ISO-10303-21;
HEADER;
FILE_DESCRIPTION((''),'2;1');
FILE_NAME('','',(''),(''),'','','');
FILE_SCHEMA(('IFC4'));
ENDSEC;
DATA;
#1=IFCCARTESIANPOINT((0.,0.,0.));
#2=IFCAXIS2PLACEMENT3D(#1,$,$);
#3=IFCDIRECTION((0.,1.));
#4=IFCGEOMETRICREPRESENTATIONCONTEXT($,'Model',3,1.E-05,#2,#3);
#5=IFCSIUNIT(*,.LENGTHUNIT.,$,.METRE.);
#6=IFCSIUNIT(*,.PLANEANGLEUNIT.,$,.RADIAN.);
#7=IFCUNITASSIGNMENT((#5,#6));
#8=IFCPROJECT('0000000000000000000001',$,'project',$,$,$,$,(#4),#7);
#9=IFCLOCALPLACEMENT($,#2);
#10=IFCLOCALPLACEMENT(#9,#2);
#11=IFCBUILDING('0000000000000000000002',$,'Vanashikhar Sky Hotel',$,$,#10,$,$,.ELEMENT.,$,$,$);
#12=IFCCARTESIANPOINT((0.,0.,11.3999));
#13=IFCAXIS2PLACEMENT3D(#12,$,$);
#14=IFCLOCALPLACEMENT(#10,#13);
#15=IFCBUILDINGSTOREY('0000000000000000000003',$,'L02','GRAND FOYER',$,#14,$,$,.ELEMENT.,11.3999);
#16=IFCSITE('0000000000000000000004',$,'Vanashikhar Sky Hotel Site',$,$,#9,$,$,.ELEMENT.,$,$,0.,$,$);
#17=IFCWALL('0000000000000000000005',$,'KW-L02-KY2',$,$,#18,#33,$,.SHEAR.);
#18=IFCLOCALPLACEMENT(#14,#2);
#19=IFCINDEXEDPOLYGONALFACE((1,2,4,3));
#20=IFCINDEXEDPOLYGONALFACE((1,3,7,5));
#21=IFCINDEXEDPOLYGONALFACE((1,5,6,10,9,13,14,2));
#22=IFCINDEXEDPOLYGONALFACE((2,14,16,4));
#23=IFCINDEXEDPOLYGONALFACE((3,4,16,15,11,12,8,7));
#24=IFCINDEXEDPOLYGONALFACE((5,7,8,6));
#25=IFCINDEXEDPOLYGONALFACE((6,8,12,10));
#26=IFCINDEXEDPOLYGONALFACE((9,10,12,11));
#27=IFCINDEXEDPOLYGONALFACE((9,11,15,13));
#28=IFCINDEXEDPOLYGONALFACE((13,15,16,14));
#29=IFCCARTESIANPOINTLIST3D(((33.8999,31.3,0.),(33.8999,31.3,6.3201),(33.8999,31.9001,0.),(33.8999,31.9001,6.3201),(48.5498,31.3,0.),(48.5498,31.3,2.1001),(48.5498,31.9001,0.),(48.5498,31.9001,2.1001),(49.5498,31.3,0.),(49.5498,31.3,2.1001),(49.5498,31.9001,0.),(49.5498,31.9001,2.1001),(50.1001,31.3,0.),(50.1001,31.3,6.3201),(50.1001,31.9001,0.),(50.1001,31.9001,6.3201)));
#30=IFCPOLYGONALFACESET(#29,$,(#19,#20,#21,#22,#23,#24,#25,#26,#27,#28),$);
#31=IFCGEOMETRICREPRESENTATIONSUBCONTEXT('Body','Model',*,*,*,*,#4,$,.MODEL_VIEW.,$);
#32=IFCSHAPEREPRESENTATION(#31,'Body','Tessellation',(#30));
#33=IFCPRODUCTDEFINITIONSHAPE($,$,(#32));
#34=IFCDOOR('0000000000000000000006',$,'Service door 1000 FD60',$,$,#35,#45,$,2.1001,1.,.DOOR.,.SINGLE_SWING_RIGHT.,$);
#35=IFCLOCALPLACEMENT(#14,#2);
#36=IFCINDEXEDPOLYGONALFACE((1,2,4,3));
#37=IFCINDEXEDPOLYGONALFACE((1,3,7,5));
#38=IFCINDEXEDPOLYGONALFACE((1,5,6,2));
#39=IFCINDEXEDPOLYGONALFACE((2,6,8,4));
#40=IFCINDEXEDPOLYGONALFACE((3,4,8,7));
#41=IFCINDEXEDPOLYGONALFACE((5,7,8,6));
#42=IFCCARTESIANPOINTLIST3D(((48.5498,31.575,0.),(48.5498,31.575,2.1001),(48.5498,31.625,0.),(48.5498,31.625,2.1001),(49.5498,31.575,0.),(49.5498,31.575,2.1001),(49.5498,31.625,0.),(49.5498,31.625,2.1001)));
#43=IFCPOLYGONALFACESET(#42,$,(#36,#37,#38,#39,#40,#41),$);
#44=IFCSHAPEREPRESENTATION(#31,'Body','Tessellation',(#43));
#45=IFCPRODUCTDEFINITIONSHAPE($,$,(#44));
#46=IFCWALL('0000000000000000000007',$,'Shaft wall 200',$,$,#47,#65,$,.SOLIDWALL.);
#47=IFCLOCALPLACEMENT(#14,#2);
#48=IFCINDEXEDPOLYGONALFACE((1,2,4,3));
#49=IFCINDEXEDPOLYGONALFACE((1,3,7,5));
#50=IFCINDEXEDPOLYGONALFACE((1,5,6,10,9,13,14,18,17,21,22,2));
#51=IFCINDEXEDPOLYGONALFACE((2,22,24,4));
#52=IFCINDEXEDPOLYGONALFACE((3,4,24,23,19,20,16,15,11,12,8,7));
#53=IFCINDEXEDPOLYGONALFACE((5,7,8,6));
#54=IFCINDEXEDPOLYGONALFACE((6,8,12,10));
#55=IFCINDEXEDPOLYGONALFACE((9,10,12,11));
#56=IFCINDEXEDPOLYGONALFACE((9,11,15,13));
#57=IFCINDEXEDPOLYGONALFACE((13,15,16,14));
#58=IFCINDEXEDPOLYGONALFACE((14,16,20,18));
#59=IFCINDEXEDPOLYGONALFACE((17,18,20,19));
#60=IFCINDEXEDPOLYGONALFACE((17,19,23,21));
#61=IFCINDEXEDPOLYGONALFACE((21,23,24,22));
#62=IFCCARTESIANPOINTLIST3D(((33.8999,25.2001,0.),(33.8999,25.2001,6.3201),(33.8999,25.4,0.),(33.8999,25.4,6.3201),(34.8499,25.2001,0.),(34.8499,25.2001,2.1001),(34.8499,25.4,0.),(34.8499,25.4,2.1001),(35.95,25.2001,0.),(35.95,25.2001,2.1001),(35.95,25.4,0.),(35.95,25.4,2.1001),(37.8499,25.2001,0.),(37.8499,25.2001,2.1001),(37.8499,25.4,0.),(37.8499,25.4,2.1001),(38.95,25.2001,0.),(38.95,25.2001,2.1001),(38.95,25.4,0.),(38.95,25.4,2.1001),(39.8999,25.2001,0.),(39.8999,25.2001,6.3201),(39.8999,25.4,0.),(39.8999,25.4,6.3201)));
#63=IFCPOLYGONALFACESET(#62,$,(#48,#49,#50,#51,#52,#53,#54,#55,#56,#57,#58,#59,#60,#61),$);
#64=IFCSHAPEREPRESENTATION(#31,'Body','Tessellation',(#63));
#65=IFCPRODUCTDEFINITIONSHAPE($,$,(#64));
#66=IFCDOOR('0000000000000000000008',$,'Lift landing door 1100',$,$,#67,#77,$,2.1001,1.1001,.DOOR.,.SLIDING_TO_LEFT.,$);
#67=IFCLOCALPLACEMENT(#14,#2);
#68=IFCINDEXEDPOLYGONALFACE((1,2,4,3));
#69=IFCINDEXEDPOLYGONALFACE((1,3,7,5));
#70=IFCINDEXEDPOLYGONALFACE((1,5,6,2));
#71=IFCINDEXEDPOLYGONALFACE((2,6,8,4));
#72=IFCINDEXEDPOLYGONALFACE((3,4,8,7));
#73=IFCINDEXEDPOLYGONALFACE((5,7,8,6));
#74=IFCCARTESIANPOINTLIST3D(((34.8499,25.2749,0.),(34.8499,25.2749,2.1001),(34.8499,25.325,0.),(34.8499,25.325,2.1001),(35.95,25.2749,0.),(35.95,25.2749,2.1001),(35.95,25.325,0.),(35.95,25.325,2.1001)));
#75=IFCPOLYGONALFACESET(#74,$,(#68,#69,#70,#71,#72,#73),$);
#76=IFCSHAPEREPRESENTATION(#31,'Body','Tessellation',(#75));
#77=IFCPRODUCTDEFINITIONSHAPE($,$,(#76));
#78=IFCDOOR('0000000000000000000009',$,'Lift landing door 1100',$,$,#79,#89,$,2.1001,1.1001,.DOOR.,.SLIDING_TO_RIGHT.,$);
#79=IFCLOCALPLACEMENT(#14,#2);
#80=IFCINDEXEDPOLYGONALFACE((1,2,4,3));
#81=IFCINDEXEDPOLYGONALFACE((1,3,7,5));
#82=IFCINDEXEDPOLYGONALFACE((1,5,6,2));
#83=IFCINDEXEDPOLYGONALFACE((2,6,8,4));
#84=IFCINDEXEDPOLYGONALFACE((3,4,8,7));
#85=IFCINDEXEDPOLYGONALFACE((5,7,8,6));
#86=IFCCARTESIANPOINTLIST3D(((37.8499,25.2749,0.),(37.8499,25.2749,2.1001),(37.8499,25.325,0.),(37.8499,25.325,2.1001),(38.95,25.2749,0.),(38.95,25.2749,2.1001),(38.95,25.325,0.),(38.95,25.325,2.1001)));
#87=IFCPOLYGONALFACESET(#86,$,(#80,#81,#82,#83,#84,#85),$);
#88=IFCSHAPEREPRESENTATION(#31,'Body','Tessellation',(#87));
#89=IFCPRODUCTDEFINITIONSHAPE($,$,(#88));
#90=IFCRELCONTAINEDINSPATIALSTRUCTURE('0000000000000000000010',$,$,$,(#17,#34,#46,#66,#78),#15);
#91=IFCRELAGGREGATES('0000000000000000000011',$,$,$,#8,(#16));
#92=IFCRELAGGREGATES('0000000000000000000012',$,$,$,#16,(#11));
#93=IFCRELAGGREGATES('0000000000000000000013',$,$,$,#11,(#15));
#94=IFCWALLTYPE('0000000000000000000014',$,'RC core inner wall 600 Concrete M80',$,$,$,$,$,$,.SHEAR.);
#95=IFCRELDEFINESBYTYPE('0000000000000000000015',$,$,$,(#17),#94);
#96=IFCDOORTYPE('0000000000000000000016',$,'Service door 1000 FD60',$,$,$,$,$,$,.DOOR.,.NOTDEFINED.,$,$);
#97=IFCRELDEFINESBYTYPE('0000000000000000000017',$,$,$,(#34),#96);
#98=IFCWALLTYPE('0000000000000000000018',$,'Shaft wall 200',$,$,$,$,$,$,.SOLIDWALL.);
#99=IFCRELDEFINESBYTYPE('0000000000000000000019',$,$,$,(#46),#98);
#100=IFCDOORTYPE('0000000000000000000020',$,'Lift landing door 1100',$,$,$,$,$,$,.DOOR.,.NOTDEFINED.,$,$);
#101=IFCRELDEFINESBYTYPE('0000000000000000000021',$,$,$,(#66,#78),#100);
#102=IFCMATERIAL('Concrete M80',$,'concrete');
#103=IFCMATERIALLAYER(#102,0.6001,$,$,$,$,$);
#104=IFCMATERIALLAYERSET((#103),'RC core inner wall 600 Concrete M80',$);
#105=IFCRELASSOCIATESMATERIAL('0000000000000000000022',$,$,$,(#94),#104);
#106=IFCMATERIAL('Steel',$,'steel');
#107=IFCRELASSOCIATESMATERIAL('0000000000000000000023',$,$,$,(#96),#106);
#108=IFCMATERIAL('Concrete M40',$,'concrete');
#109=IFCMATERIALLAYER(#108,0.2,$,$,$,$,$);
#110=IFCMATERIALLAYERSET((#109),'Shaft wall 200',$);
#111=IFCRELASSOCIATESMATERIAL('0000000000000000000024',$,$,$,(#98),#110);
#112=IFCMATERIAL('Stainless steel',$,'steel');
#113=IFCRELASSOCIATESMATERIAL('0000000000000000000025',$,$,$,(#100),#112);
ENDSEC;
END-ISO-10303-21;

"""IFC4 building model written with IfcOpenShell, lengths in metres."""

from ifc_helpers import new_model, si_unit, direction, frame, frame_2d, origin, place, context, subcontext, project, spatial, rectangle, extrude, source, transform, mapped, material, layer, layer_set, type_object, element, fill, save


model = new_model("IFC4")

# Units and contexts
model_context = context("Model", 3, precision=1e-05, world=origin(), true_north=direction((0.0, 1.0)))
body_context = subcontext(model_context, "Body", "Model", "MODEL_VIEW")
ifc_project = project(units=[si_unit("LENGTHUNIT", "METRE"), si_unit("PLANEANGLEUNIT", "RADIAN")], contexts=[model_context])

# Site, building, storey
site_placement = place(None, origin())
site = spatial("IfcSite", under=ifc_project, at=site_placement, Name="Vanashikhar Sky Hotel Site", CompositionType="ELEMENT", RefElevation=0.0)
building_placement = place(site_placement, origin())
building = spatial("IfcBuilding", under=site, at=building_placement, Name="Vanashikhar Sky Hotel", CompositionType="ELEMENT")
storey_placement = place(building_placement, frame((0.0, 0.0, 11.3999)))
storey = spatial("IfcBuildingStorey", under=building, at=storey_placement, Name="L02", Description="GRAND FOYER", CompositionType="ELEMENT", Elevation=11.3999)

# Wall, opening, door
ifc_material_1 = material(Name="Concrete M80", Category="concrete")
ifc_layer_1 = layer(ifc_material_1, 0.6001)
ifc_layer_set_1 = layer_set([ifc_layer_1], Name="RC core inner wall 600 Concrete M80")
wall_type_1 = type_object("IfcWallType", Name="RC core inner wall 600 Concrete M80", PredefinedType="SHEAR", material=ifc_layer_set_1)
shared_shape_1 = source(origin(), body_context, "Body", "SweptSolid", [
    extrude(rectangle(XDim=16.2002, YDim=0.6001, at=frame_2d((8.1001, 0.0))), origin(), (0.0, 0.0, 1.0), 6.3201),
])
wall_1_placement = place(storey_placement, frame((33.8999, 31.6001, 0.0), z_axis=(0.0, 0.0, 1.0), x_axis=(1.0, 0.0, 0.0)))
wall_1 = element("IfcWall", 1, at=wall_1_placement, inside=storey, type_object=wall_type_1, Name="KW-L02-KY2", PredefinedType="SHEAR", context=body_context, shape_type="MappedRepresentation", body=[
    mapped(shared_shape_1, transform((0.0, 0.0, 0.0), scale=1.0)),
])
shared_shape_2 = source(origin(), body_context, "Body", "SweptSolid", [
    extrude(rectangle(XDim=1.0, YDim=2.1001, at=frame_2d((0.5, 1.05))), frame((0.0, 0.3101, 0.0), z_axis=(0.0, -1.0, 0.0), x_axis=(1.0, 0.0, 0.0)), (0.0, 0.0, 1.0), 0.6201),
])
opening_1_placement = place(wall_1_placement, frame((14.6499, 0.0, 0.0)))
opening_1 = element("IfcOpeningElement", 2, at=opening_1_placement, cuts=wall_1, PredefinedType="OPENING", context=body_context, shape_type="MappedRepresentation", body=[
    mapped(shared_shape_2, transform((0.0, 0.0, 0.0), scale=1.0)),
])
ifc_material_2 = material(Name="Steel", Category="steel")
door_type_1 = type_object("IfcDoorType", Name="Service door 1000 FD60", OperationType="NOTDEFINED", PredefinedType="DOOR", material=ifc_material_2)
shared_shape_3 = source(origin(), body_context, "Body", "SweptSolid", [
    extrude(rectangle(XDim=1.0, YDim=2.1001, at=frame_2d((0.5, 1.05))), frame((0.0, 0.0249, 0.0), z_axis=(0.0, -1.0, 0.0), x_axis=(1.0, 0.0, 0.0)), (0.0, 0.0, 1.0), 0.05),
])
door_1_placement = place(opening_1_placement, origin())
door_1 = element("IfcDoor", 3, at=door_1_placement, inside=storey, type_object=door_type_1, Name="Service door 1000 FD60", OperationType="SINGLE_SWING_RIGHT", OverallHeight=2.1001, OverallWidth=1.0, PredefinedType="DOOR", context=body_context, shape_type="MappedRepresentation", body=[
    mapped(shared_shape_3, transform((0.0, 0.0, 0.0), scale=1.0)),
])
fill(opening_1, door_1)

# Wall, openings, doors
ifc_material_3 = material(Name="Concrete M40", Category="concrete")
ifc_layer_2 = layer(ifc_material_3, 0.2)
ifc_layer_set_2 = layer_set([ifc_layer_2], Name="Shaft wall 200")
wall_type_2 = type_object("IfcWallType", Name="Shaft wall 200", PredefinedType="SOLIDWALL", material=ifc_layer_set_2)
shared_shape_4 = source(origin(), body_context, "Body", "SweptSolid", [
    extrude(rectangle(XDim=6.0, YDim=0.2, at=frame_2d((3.0, 0.0))), origin(), (0.0, 0.0, 1.0), 6.3201),
])
wall_2_placement = place(storey_placement, frame((33.8999, 25.3, 0.0), z_axis=(0.0, 0.0, 1.0), x_axis=(1.0, 0.0, 0.0)))
wall_2 = element("IfcWall", 4, at=wall_2_placement, inside=storey, type_object=wall_type_2, Name="Shaft wall 200", PredefinedType="SOLIDWALL", context=body_context, shape_type="MappedRepresentation", body=[
    mapped(shared_shape_4, transform((0.0, 0.0, 0.0), scale=1.0)),
])
shared_shape_5 = source(origin(), body_context, "Body", "SweptSolid", [
    extrude(rectangle(XDim=1.1001, YDim=2.1001, at=frame_2d((0.55, 1.05))), frame((0.0, 0.1099, 0.0), z_axis=(0.0, -1.0, 0.0), x_axis=(1.0, 0.0, 0.0)), (0.0, 0.0, 1.0), 0.22),
])
opening_2_placement = place(wall_2_placement, frame((0.95, 0.0, 0.0)))
opening_2 = element("IfcOpeningElement", 5, at=opening_2_placement, cuts=wall_2, PredefinedType="OPENING", context=body_context, shape_type="MappedRepresentation", body=[
    mapped(shared_shape_5, transform((0.0, 0.0, 0.0), scale=1.0)),
])
opening_3_placement = place(wall_2_placement, frame((3.95, 0.0, 0.0)))
opening_3 = element("IfcOpeningElement", 6, at=opening_3_placement, cuts=wall_2, PredefinedType="OPENING", context=body_context, shape_type="MappedRepresentation", body=[
    mapped(shared_shape_5, transform((0.0, 0.0, 0.0), scale=1.0)),
])
ifc_material_4 = material(Name="Stainless steel", Category="steel")
door_type_2 = type_object("IfcDoorType", Name="Lift landing door 1100", OperationType="NOTDEFINED", PredefinedType="DOOR", material=ifc_material_4)
shared_shape_6 = source(origin(), body_context, "Body", "SweptSolid", [
    extrude(rectangle(XDim=1.1001, YDim=2.1001, at=frame_2d((0.55, 1.05))), frame((0.0, 0.0249, 0.0), z_axis=(0.0, -1.0, 0.0), x_axis=(1.0, 0.0, 0.0)), (0.0, 0.0, 1.0), 0.05),
])
door_2_placement = place(opening_2_placement, origin())
door_2 = element("IfcDoor", 7, at=door_2_placement, inside=storey, type_object=door_type_2, Name="Lift landing door 1100", OperationType="SLIDING_TO_LEFT", OverallHeight=2.1001, OverallWidth=1.1001, PredefinedType="DOOR", context=body_context, shape_type="MappedRepresentation", body=[
    mapped(shared_shape_6, transform((0.0, 0.0, 0.0), scale=1.0)),
])
fill(opening_2, door_2)
door_3_placement = place(opening_3_placement, origin())
door_3 = element("IfcDoor", 8, at=door_3_placement, inside=storey, type_object=door_type_2, Name="Lift landing door 1100", OperationType="SLIDING_TO_RIGHT", OverallHeight=2.1001, OverallWidth=1.1001, PredefinedType="DOOR", context=body_context, shape_type="MappedRepresentation", body=[
    mapped(shared_shape_6, transform((0.0, 0.0, 0.0), scale=1.0)),
])
fill(opening_3, door_3)

save(model, "model.ifc")
